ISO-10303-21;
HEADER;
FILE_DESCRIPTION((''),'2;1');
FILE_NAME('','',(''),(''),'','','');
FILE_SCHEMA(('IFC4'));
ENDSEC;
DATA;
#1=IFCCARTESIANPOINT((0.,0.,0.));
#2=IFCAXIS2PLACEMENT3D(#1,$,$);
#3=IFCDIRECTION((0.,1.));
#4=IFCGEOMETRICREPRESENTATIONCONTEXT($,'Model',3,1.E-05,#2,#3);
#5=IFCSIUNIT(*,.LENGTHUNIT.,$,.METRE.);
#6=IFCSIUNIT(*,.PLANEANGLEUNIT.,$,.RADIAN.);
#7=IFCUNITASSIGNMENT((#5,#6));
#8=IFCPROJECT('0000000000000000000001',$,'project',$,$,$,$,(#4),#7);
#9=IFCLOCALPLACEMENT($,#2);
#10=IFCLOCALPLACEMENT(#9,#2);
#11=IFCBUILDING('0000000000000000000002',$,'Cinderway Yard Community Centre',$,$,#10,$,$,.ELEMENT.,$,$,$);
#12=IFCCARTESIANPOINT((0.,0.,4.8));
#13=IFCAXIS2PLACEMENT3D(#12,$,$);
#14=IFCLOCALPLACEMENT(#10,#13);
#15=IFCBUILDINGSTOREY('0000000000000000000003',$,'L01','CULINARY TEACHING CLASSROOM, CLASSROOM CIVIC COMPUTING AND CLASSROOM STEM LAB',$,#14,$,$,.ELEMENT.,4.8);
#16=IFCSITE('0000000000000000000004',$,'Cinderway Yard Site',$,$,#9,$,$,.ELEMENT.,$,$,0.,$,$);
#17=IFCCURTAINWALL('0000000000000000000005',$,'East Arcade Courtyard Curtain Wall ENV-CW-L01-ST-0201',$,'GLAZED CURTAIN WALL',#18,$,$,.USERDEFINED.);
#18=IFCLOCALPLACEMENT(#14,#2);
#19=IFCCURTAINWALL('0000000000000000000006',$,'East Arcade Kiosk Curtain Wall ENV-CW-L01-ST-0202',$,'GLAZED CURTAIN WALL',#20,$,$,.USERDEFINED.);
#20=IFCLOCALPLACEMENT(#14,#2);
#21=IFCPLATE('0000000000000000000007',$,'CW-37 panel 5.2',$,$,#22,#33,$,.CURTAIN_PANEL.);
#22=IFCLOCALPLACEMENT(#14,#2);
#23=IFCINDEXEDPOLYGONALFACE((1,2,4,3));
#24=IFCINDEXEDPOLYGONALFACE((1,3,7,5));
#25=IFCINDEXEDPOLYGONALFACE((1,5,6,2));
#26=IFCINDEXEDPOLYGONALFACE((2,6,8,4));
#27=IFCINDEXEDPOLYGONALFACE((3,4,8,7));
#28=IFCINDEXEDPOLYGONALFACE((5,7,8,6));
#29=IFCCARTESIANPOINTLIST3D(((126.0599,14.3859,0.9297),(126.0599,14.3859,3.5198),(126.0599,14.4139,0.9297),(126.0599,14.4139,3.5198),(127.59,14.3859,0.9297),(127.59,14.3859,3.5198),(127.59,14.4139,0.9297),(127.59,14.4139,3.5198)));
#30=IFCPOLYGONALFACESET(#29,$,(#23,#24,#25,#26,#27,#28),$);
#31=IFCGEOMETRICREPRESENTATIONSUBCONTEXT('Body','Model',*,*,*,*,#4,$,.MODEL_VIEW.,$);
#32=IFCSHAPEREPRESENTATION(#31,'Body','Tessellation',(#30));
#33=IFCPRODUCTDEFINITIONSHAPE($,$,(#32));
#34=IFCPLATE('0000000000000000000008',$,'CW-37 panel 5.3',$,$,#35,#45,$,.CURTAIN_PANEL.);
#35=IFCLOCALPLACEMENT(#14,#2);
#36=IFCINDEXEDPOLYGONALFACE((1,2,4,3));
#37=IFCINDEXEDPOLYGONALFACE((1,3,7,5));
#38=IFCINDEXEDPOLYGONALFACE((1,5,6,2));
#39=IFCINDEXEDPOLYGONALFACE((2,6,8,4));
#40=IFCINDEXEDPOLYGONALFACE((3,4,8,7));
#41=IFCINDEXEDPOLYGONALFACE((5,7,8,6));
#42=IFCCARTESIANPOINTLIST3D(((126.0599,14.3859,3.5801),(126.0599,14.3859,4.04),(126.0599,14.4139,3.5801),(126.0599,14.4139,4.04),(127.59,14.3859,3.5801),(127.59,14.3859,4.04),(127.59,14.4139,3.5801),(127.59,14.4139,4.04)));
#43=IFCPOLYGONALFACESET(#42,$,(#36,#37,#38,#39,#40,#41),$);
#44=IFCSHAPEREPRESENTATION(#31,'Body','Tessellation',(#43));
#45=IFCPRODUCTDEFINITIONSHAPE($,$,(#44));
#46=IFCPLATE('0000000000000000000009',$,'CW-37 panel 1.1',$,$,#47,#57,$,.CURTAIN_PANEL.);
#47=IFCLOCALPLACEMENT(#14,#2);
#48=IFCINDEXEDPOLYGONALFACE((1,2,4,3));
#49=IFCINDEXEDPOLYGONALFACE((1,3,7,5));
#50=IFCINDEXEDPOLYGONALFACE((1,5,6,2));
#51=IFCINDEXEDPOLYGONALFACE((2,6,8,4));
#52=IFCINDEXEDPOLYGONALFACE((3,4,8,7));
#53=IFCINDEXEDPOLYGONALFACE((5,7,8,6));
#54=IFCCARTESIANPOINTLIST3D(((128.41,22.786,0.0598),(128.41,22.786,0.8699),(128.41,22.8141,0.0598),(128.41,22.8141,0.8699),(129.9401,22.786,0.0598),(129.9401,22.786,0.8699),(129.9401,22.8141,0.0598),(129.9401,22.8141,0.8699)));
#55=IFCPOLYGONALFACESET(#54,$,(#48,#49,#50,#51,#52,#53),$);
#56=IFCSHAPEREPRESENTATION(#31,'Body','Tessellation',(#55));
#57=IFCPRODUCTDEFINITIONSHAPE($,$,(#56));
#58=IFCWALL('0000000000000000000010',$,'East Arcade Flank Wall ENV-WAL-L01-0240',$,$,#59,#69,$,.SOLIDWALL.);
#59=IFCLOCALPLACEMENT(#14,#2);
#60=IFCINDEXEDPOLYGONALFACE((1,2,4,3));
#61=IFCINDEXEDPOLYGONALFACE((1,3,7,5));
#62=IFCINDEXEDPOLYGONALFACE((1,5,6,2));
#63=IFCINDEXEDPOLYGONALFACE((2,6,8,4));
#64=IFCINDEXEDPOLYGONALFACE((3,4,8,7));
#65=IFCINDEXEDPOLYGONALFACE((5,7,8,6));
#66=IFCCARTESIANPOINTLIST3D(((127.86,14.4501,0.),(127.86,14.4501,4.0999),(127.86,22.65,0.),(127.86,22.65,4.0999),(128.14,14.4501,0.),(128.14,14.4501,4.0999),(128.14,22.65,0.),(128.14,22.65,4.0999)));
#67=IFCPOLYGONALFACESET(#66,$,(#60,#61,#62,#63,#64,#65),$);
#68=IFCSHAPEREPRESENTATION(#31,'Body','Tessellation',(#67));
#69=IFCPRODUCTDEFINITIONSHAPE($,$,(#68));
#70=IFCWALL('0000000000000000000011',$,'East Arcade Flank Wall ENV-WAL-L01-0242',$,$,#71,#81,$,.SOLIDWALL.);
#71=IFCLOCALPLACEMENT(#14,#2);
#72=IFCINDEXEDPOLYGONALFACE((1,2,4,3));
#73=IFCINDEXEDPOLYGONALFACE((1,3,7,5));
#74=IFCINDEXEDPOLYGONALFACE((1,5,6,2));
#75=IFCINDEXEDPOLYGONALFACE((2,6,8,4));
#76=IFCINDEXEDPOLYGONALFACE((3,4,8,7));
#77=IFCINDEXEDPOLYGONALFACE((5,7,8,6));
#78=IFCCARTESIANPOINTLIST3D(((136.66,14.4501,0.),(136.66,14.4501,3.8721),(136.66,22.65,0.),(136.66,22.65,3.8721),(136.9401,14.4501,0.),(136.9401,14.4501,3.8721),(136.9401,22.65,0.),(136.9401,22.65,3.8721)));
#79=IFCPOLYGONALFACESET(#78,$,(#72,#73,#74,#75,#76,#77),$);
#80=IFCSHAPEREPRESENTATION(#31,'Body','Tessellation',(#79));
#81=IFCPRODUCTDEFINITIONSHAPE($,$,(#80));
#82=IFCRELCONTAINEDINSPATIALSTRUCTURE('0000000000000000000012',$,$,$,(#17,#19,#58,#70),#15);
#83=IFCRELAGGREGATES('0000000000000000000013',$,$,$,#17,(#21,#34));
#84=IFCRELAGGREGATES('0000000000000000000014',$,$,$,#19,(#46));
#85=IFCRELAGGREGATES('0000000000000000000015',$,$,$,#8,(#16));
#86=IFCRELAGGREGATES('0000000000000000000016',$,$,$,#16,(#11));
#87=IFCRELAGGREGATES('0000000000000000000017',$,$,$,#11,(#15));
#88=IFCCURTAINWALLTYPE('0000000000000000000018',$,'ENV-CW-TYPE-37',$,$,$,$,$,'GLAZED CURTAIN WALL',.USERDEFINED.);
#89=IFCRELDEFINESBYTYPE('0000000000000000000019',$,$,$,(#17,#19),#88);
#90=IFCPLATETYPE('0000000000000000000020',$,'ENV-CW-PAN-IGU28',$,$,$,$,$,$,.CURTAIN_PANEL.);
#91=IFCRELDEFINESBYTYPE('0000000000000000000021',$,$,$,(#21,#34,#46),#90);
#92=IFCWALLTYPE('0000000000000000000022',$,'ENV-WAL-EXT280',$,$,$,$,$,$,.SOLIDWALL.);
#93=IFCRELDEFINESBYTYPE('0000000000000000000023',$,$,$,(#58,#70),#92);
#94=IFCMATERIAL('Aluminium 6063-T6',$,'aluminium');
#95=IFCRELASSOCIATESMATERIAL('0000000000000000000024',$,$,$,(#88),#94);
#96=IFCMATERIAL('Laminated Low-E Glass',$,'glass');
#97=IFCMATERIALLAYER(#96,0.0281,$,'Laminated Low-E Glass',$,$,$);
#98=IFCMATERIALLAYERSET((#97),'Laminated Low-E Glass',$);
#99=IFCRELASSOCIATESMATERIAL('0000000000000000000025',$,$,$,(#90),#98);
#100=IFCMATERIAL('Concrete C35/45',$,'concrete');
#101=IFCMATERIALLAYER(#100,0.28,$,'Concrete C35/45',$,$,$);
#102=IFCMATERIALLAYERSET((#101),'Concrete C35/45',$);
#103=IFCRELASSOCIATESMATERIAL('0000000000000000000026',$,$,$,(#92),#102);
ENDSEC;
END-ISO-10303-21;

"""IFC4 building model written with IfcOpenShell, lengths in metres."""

from ifc_helpers import new_model, si_unit, direction, frame, frame_2d, origin, origin_2d, place, context, subcontext, project, spatial, rectangle, extrude, material, layer, layer_set, type_object, element, aggregate, save


model = new_model("IFC4")

# Units and contexts
model_context = context("Model", 3, precision=1e-05, world=origin(), true_north=direction((0.0, 1.0)))
body_context = subcontext(model_context, "Body", "Model", "MODEL_VIEW")
ifc_project = project(units=[si_unit("LENGTHUNIT", "METRE"), si_unit("PLANEANGLEUNIT", "RADIAN")], contexts=[model_context])

# Site, building, storey
site_placement = place(None, origin())
site = spatial("IfcSite", under=ifc_project, at=site_placement, Name="Cinderway Yard Site", CompositionType="ELEMENT", RefElevation=0.0)
building_placement = place(site_placement, origin())
building = spatial("IfcBuilding", under=site, at=building_placement, Name="Cinderway Yard Community Centre", CompositionType="ELEMENT")
storey_placement = place(building_placement, frame((0.0, 0.0, 4.8)))
storey = spatial("IfcBuildingStorey", under=building, at=storey_placement, Name="L01", Description="CULINARY TEACHING CLASSROOM, CLASSROOM CIVIC COMPUTING AND CLASSROOM STEM LAB", CompositionType="ELEMENT", Elevation=4.8)

# Curtain wall
ifc_material_1 = material(Name="Aluminium 6063-T6", Category="aluminium")
curtain_wall_type = type_object("IfcCurtainWallType", Name="ENV-CW-TYPE-37", ElementType="GLAZED CURTAIN WALL", PredefinedType="USERDEFINED", material=ifc_material_1)
curtain_wall_1_placement = place(storey_placement, origin())
curtain_wall_1 = element("IfcCurtainWall", 1, at=curtain_wall_1_placement, inside=storey, type_object=curtain_wall_type, Name="East Arcade Courtyard Curtain Wall ENV-CW-L01-ST-0201", ObjectType="GLAZED CURTAIN WALL", PredefinedType="USERDEFINED")

# Curtain wall
curtain_wall_2_placement = place(storey_placement, origin())
curtain_wall_2 = element("IfcCurtainWall", 2, at=curtain_wall_2_placement, inside=storey, type_object=curtain_wall_type, Name="East Arcade Kiosk Curtain Wall ENV-CW-L01-ST-0202", ObjectType="GLAZED CURTAIN WALL", PredefinedType="USERDEFINED")

# Plates
ifc_material_2 = material(Name="Laminated Low-E Glass", Category="glass")
ifc_layer_1 = layer(ifc_material_2, 0.0281, Name="Laminated Low-E Glass")
ifc_layer_set_1 = layer_set([ifc_layer_1], Name="Laminated Low-E Glass")
plate_type = type_object("IfcPlateType", Name="ENV-CW-PAN-IGU28", PredefinedType="CURTAIN_PANEL", material=ifc_layer_set_1)
plate_1_placement = place(storey_placement, frame((126.825, 14.3999, 0.9297), z_axis=(0.0, 0.0, 1.0), x_axis=(1.0, 0.0, 0.0)))
plate_1 = element("IfcPlate", 3, at=plate_1_placement, type_object=plate_type, Name="CW-37 panel 5.2", PredefinedType="CURTAIN_PANEL", context=body_context, shape_type="SweptSolid", body=[
    extrude(rectangle(XDim=1.53, YDim=0.0281, at=origin_2d()), origin(), (0.0, 0.0, 1.0), 2.5901),
])
plate_2_placement = place(storey_placement, frame((126.825, 14.3999, 3.5801), z_axis=(0.0, 0.0, 1.0), x_axis=(1.0, 0.0, 0.0)))
plate_2 = element("IfcPlate", 4, at=plate_2_placement, type_object=plate_type, Name="CW-37 panel 5.3", PredefinedType="CURTAIN_PANEL", context=body_context, shape_type="SweptSolid", body=[
    extrude(rectangle(XDim=1.53, YDim=0.0281, at=origin_2d()), origin(), (0.0, 0.0, 1.0), 0.46),
])
aggregate(curtain_wall_1, [plate_1, plate_2])
plate_3_placement = place(storey_placement, frame((129.175, 22.8, 0.0598), z_axis=(0.0, 0.0, 1.0), x_axis=(1.0, 0.0, 0.0)))
plate_3 = element("IfcPlate", 5, at=plate_3_placement, type_object=plate_type, Name="CW-37 panel 1.1", PredefinedType="CURTAIN_PANEL", context=body_context, shape_type="SweptSolid", body=[
    extrude(rectangle(XDim=1.53, YDim=0.0281, at=origin_2d()), origin(), (0.0, 0.0, 1.0), 0.8101),
])
aggregate(curtain_wall_2, [plate_3])

# Walls
ifc_material_3 = material(Name="Concrete C35/45", Category="concrete")
ifc_layer_2 = layer(ifc_material_3, 0.28, Name="Concrete C35/45")
ifc_layer_set_2 = layer_set([ifc_layer_2], Name="Concrete C35/45")
wall_type = type_object("IfcWallType", Name="ENV-WAL-EXT280", PredefinedType="SOLIDWALL", material=ifc_layer_set_2)
wall_1_placement = place(storey_placement, frame((128.0, 14.45, 0.0), z_axis=(0.0, 0.0, 1.0), x_axis=(0.0, 1.0, 0.0)))
element("IfcWall", 6, at=wall_1_placement, inside=storey, type_object=wall_type, Name="East Arcade Flank Wall ENV-WAL-L01-0240", PredefinedType="SOLIDWALL", context=body_context, shape_type="SweptSolid", body=[
    extrude(rectangle(XDim=8.2, YDim=0.28, at=frame_2d((4.1001, 0.0))), origin(), (0.0, 0.0, 1.0), 4.0999),
])
wall_2_placement = place(storey_placement, frame((136.8, 14.45, 0.0), z_axis=(0.0, 0.0, 1.0), x_axis=(0.0, 1.0, 0.0)))
element("IfcWall", 7, at=wall_2_placement, inside=storey, type_object=wall_type, Name="East Arcade Flank Wall ENV-WAL-L01-0242", PredefinedType="SOLIDWALL", context=body_context, shape_type="SweptSolid", body=[
    extrude(rectangle(XDim=8.2, YDim=0.28, at=frame_2d((4.1001, 0.0))), origin(), (0.0, 0.0, 1.0), 3.8721),
])

save(model, "model.ifc")
